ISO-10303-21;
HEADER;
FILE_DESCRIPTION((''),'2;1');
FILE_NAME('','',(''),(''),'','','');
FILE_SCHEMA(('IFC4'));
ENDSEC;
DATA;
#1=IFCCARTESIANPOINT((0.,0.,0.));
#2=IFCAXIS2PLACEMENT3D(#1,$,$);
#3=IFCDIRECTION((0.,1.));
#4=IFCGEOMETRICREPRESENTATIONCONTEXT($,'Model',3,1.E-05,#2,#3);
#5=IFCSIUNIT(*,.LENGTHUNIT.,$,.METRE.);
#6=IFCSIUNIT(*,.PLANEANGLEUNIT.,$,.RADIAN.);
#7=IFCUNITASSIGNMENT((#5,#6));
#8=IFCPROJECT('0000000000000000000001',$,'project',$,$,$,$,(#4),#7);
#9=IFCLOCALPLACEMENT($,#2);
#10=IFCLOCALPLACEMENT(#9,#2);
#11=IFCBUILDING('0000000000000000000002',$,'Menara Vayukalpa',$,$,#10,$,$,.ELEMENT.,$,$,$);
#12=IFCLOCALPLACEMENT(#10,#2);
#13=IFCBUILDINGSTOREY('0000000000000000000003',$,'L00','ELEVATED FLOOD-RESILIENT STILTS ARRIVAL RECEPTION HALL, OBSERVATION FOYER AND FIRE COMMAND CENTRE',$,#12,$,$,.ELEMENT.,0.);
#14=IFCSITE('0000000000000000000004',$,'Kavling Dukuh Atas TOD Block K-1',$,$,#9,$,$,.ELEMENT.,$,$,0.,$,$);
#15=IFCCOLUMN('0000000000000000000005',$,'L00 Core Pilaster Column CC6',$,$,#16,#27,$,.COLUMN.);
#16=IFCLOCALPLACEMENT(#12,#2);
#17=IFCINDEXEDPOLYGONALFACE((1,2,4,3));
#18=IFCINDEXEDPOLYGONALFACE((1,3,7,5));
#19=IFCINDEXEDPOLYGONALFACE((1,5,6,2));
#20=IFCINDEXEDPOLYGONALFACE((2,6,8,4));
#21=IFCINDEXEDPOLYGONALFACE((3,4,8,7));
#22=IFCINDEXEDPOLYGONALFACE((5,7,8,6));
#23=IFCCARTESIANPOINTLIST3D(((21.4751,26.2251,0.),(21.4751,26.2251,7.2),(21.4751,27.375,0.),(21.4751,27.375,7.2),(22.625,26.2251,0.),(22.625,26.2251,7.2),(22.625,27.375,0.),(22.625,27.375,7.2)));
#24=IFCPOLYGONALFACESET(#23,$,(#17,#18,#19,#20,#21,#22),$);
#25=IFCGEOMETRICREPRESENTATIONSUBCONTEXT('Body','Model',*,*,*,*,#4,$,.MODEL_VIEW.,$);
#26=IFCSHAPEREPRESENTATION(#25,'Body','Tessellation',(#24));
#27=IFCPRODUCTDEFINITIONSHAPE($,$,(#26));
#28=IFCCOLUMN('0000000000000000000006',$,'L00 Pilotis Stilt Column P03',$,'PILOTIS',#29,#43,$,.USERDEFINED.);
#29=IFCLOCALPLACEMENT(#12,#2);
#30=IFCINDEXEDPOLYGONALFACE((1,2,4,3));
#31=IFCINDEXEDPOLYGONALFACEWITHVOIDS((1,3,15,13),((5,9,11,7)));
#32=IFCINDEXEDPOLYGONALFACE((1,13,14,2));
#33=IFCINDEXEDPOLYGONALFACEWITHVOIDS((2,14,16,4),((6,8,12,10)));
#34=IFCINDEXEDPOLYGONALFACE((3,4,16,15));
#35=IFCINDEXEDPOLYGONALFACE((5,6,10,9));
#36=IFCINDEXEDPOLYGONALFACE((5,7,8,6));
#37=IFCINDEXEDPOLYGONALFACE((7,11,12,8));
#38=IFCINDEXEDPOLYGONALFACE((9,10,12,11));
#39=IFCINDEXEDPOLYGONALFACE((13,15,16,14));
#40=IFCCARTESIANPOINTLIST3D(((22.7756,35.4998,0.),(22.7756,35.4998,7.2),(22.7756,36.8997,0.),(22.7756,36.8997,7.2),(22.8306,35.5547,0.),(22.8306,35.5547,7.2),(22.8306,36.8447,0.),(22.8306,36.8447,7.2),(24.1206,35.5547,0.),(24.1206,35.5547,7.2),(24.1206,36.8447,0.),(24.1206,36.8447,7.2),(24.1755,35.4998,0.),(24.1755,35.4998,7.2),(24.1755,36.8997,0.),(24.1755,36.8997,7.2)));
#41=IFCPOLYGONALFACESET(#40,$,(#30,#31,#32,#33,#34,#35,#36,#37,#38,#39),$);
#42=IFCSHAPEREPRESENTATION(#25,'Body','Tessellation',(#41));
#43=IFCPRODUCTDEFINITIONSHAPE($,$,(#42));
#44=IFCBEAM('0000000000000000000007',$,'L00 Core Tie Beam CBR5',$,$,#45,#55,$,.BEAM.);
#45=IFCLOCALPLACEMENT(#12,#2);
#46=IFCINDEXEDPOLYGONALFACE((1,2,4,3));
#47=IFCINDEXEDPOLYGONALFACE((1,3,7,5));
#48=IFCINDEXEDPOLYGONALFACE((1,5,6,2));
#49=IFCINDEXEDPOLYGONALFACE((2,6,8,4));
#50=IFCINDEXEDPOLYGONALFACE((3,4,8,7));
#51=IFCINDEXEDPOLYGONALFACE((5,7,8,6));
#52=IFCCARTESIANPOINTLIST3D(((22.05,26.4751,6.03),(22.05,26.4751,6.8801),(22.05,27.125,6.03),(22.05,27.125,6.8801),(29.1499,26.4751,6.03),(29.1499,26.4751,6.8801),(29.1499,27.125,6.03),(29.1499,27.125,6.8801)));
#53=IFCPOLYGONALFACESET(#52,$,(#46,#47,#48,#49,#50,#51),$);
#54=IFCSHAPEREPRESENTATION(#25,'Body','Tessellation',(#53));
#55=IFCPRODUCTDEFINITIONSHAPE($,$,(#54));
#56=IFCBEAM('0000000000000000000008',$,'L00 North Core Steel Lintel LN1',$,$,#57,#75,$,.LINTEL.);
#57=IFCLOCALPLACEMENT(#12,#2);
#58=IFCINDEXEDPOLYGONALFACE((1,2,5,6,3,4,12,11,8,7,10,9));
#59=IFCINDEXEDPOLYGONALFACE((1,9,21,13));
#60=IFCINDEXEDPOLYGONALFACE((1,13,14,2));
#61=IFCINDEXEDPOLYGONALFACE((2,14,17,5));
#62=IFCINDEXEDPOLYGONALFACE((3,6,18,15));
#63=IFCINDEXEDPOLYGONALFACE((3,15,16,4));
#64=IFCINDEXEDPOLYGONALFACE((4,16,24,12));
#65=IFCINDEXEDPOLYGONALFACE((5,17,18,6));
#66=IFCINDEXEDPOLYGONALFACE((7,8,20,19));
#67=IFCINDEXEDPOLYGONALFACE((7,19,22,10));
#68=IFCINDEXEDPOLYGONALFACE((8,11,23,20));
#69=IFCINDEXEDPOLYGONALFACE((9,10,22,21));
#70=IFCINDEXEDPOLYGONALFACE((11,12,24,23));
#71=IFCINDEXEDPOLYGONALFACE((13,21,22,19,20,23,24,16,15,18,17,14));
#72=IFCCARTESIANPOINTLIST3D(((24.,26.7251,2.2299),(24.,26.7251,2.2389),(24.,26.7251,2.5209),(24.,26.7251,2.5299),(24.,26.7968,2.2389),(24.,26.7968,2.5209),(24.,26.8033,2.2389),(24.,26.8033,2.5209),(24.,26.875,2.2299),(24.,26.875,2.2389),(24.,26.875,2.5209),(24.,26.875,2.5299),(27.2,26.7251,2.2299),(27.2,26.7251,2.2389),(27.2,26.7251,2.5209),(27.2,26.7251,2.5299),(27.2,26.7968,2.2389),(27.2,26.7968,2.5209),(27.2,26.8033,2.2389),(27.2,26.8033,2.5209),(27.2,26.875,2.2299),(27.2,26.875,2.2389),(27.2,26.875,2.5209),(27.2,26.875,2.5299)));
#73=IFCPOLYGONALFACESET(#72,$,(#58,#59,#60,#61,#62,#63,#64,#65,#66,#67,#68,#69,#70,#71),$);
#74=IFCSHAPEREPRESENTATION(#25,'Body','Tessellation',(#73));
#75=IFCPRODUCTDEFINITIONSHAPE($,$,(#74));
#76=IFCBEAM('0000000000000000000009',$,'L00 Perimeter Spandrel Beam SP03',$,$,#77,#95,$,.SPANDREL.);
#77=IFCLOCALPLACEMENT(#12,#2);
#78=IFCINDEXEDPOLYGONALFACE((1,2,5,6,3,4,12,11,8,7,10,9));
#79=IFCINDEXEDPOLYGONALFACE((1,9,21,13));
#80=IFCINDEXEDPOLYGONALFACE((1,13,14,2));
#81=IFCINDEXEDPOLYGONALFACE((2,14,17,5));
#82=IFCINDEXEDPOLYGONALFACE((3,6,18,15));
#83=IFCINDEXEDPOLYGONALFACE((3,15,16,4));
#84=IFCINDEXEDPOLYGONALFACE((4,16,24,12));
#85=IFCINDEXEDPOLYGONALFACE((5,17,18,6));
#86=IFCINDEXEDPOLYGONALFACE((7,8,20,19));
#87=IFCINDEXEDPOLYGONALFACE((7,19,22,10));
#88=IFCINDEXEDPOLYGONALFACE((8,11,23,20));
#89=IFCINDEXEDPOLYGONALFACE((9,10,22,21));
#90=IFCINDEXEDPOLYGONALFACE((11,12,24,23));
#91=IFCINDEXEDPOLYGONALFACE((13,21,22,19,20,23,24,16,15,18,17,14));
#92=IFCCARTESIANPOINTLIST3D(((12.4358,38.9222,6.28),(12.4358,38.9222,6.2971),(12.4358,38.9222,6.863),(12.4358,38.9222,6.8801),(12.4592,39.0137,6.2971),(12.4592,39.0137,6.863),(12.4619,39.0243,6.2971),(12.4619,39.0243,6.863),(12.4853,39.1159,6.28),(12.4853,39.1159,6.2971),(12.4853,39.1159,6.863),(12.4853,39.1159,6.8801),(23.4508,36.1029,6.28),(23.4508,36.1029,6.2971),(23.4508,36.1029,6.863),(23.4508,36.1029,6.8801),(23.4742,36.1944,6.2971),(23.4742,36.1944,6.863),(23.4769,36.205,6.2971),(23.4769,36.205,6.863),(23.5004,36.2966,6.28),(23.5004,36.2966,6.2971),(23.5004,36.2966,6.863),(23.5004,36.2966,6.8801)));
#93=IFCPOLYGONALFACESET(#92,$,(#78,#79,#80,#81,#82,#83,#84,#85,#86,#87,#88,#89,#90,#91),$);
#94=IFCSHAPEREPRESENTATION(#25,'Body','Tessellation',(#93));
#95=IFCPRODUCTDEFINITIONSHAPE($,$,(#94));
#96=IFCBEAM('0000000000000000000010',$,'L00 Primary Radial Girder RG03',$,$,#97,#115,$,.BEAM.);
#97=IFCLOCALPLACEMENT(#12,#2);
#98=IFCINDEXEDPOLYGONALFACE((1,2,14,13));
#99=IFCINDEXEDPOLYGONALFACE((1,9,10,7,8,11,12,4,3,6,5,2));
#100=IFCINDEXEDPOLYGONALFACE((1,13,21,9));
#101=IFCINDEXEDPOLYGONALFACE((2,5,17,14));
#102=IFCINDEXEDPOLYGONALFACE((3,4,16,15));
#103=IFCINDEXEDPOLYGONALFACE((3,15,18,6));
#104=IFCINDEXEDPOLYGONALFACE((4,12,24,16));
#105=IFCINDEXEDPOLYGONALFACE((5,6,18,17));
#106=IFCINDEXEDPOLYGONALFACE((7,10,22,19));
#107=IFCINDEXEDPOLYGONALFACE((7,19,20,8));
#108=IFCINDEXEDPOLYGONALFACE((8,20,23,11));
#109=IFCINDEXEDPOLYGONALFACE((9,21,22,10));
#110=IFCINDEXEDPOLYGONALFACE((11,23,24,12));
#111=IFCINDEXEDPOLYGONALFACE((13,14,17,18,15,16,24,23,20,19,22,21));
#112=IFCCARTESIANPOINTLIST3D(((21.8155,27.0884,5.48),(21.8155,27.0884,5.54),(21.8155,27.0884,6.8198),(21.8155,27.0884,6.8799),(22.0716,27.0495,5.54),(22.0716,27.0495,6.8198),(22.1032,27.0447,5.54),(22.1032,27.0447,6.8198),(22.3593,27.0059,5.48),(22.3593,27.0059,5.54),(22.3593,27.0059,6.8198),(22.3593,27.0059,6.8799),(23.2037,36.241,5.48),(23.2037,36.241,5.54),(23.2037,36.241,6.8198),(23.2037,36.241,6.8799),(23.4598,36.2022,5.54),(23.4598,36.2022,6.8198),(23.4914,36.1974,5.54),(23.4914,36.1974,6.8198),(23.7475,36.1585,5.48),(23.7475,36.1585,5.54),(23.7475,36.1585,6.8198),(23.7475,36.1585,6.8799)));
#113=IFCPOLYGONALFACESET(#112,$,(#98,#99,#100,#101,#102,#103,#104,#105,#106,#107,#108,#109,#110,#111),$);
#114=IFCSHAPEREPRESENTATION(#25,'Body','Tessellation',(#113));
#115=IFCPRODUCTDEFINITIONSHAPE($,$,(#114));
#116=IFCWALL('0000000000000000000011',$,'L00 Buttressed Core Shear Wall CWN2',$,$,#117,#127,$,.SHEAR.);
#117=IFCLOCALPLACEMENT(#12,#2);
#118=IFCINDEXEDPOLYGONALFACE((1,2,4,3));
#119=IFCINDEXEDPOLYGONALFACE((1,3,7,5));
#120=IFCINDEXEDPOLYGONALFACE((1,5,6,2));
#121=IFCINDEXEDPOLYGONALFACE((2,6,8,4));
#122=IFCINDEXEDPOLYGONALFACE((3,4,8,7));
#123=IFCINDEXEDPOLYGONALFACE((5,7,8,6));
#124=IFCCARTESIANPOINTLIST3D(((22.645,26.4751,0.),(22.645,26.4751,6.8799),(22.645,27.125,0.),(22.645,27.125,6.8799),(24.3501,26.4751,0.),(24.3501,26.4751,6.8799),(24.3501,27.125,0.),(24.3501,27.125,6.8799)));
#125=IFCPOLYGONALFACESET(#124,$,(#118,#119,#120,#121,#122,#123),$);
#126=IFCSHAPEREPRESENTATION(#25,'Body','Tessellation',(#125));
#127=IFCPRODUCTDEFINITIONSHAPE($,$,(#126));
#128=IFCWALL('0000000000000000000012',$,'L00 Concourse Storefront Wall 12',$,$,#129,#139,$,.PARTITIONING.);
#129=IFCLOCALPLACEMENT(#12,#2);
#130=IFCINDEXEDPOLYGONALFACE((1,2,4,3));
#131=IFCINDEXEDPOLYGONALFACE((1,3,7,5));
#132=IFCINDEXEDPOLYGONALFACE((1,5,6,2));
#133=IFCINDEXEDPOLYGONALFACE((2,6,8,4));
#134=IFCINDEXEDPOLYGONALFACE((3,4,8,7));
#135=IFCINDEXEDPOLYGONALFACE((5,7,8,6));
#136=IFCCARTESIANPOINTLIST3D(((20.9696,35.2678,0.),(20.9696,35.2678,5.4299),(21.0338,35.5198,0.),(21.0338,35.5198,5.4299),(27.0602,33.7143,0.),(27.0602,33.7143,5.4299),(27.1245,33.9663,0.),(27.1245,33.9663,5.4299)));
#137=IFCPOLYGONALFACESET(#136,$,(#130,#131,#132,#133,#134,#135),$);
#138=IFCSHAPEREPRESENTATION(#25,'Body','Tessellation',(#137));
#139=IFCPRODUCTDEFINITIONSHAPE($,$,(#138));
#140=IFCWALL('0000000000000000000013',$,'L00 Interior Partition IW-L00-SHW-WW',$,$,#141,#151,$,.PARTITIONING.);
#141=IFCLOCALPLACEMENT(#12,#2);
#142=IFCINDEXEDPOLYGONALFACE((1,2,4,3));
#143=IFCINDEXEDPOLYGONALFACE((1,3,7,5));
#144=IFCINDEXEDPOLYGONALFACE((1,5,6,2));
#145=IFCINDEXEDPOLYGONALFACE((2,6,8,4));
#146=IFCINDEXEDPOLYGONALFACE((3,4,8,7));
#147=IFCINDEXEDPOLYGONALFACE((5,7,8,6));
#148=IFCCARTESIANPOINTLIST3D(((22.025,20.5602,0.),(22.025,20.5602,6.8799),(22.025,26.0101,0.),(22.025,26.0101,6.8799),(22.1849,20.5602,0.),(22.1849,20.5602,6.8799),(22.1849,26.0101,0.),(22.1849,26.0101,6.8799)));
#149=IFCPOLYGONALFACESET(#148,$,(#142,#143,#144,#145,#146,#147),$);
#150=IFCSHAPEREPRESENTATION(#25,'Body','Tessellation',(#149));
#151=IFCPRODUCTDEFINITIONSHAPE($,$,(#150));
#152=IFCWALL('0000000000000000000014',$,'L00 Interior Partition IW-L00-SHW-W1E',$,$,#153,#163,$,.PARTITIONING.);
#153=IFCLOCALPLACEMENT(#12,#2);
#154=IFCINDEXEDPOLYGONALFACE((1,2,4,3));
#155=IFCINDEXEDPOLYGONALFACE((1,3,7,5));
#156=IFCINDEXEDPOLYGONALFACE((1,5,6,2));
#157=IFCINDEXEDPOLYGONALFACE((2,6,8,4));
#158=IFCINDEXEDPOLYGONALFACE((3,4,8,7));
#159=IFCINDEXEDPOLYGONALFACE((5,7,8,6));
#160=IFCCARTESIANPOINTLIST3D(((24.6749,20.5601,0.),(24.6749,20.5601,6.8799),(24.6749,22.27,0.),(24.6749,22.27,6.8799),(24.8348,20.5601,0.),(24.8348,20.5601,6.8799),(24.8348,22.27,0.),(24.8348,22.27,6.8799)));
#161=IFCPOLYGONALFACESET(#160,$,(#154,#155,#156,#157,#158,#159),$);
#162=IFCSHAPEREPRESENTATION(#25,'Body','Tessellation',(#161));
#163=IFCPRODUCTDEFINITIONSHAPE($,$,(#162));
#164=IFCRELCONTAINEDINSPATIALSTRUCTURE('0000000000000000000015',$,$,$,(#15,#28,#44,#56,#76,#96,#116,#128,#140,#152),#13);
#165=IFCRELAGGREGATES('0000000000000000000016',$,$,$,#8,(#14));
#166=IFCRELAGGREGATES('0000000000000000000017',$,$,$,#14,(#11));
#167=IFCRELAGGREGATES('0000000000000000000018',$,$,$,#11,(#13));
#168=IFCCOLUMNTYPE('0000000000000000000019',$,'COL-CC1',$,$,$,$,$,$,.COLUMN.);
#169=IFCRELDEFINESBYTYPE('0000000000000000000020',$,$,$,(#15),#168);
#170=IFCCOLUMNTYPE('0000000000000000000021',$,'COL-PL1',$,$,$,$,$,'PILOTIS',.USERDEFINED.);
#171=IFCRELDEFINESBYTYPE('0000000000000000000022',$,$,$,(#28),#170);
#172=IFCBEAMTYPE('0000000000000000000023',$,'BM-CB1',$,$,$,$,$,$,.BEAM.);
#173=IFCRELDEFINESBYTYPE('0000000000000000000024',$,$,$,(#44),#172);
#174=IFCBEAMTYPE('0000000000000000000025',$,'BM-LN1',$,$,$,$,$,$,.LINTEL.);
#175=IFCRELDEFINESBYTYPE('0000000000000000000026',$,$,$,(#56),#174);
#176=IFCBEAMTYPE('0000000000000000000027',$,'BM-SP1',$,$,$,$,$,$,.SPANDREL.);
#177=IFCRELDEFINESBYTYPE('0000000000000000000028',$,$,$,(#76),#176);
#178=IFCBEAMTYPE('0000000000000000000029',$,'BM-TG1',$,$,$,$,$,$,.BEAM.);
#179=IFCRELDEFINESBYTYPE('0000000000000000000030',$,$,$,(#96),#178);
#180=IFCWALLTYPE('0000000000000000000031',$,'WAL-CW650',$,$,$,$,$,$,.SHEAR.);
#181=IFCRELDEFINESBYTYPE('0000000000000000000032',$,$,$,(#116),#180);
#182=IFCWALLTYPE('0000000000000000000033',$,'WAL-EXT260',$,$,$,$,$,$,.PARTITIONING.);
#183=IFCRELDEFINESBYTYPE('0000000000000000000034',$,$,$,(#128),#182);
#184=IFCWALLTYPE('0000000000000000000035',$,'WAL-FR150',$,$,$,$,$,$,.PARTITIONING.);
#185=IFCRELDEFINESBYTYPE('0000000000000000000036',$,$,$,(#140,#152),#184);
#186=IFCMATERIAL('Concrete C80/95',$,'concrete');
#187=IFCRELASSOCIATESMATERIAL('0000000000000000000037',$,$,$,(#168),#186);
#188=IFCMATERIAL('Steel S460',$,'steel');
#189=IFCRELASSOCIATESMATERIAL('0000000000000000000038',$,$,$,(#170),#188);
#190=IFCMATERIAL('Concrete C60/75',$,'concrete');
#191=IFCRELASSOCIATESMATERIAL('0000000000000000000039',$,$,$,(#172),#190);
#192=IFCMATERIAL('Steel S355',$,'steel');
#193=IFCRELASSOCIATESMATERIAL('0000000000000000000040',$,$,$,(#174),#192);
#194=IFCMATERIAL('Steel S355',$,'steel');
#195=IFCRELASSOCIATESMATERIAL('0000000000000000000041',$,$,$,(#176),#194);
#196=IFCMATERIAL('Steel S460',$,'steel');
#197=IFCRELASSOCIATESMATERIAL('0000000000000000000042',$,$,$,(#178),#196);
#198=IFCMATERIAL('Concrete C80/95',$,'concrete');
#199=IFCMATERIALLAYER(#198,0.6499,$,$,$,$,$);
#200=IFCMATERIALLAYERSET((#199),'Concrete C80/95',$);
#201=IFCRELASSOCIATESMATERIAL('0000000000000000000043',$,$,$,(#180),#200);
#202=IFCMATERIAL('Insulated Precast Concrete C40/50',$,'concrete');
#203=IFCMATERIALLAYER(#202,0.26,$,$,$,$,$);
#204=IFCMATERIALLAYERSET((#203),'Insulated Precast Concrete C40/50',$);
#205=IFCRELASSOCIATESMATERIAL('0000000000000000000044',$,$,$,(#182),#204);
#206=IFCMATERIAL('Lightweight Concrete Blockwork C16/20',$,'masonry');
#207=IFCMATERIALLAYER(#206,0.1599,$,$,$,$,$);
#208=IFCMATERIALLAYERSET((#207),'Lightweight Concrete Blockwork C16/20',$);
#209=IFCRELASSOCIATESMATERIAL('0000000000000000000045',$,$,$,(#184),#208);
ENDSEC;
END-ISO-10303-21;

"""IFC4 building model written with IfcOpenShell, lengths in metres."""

from ifc_helpers import new_model, si_unit, direction, frame, frame_2d, origin, origin_2d, place, context, subcontext, project, spatial, rectangle, hollow_rectangle, i_section, extrude, material, layer, layer_set, material_profile, profile_set, type_object, element, save


model = new_model("IFC4")

# Units and contexts
model_context = context("Model", 3, precision=1e-05, world=origin(), true_north=direction((0.0, 1.0)))
body_context = subcontext(model_context, "Body", "Model", "MODEL_VIEW")
ifc_project = project(units=[si_unit("LENGTHUNIT", "METRE"), si_unit("PLANEANGLEUNIT", "RADIAN")], contexts=[model_context])

# Site, building, storey
site_placement = place(None, origin())
site = spatial("IfcSite", under=ifc_project, at=site_placement, Name="Kavling Dukuh Atas TOD Block K-1", CompositionType="ELEMENT", RefElevation=0.0)
building_placement = place(site_placement, origin())
building = spatial("IfcBuilding", under=site, at=building_placement, Name="Menara Vayukalpa", CompositionType="ELEMENT")
storey_placement = place(building_placement, origin())
storey = spatial("IfcBuildingStorey", under=building, at=storey_placement, Name="L00", Description="ELEVATED FLOOD-RESILIENT STILTS ARRIVAL RECEPTION HALL, OBSERVATION FOYER AND FIRE COMMAND CENTRE", CompositionType="ELEMENT", Elevation=0.0)

# Columns
ifc_material_1 = material(Name="Concrete C80/95", Category="concrete")
ifc_material_profile_1 = material_profile(ifc_material_1, rectangle(XDim=1.1499, YDim=1.1499, at=origin_2d()), Name="RC 1150x1150")
ifc_profile_set_1 = profile_set([ifc_material_profile_1], Name="Concrete C80/95")
column_type_1 = type_object("IfcColumnType", Name="COL-CC1", PredefinedType="COLUMN", material=ifc_profile_set_1)
column_1_placement = place(storey_placement, frame((22.05, 26.8, 0.0), z_axis=(0.0, 0.0, 1.0), x_axis=(1.0, 0.0, 0.0)))
element("IfcColumn", 1, at=column_1_placement, inside=storey, type_object=column_type_1, Name="L00 Core Pilaster Column CC6", PredefinedType="COLUMN", context=body_context, shape_type="SweptSolid", body=[
    extrude(rectangle(XDim=1.1499, YDim=1.1499, at=origin_2d()), origin(), (0.0, 0.0, 1.0), 7.2),
])
ifc_material_2 = material(Name="Steel S460", Category="steel")
ifc_material_profile_2 = material_profile(ifc_material_2, hollow_rectangle(XDim=1.3999, YDim=1.3999, WallThickness=0.0549, at=origin_2d()), Name="BOX 1400x1400x55")
ifc_profile_set_2 = profile_set([ifc_material_profile_2], Name="Steel S460")
column_type_2 = type_object("IfcColumnType", Name="COL-PL1", ElementType="PILOTIS", PredefinedType="USERDEFINED", material=ifc_profile_set_2)
column_2_placement = place(storey_placement, frame((23.4756, 36.1997, 0.0), z_axis=(0.0, 0.0, 1.0), x_axis=(1.0, 0.0, 0.0)))
element("IfcColumn", 2, at=column_2_placement, inside=storey, type_object=column_type_2, Name="L00 Pilotis Stilt Column P03", ObjectType="PILOTIS", PredefinedType="USERDEFINED", context=body_context, shape_type="SweptSolid", body=[
    extrude(hollow_rectangle(XDim=1.3999, YDim=1.3999, WallThickness=0.0549, at=origin_2d()), origin(), (0.0, 0.0, 1.0), 7.2),
])

# Beams
ifc_material_3 = material(Name="Concrete C60/75", Category="concrete")
ifc_material_profile_3 = material_profile(ifc_material_3, rectangle(XDim=0.6499, YDim=0.8501, at=origin_2d()), Name="RC 650x850")
ifc_profile_set_3 = profile_set([ifc_material_profile_3], Name="Concrete C60/75")
beam_type_1 = type_object("IfcBeamType", Name="BM-CB1", PredefinedType="BEAM", material=ifc_profile_set_3)
beam_1_placement = place(storey_placement, frame((22.05, 26.8, 6.4551), z_axis=(1.0, 0.0, 0.0), x_axis=(0.0, 1.0, 0.0)))
element("IfcBeam", 3, at=beam_1_placement, inside=storey, type_object=beam_type_1, Name="L00 Core Tie Beam CBR5", PredefinedType="BEAM", context=body_context, shape_type="SweptSolid", body=[
    extrude(rectangle(XDim=0.6499, YDim=0.8501, at=origin_2d()), origin(), (0.0, 0.0, 1.0), 7.0999),
])
ifc_material_4 = material(Name="Steel S355", Category="steel")
ifc_material_profile_4 = material_profile(ifc_material_4, i_section(OverallWidth=0.1499, OverallDepth=0.3, WebThickness=0.0066, FlangeThickness=0.009, at=origin_2d()), Name="WF 300x150x6.5x9")
ifc_profile_set_4 = profile_set([ifc_material_profile_4], Name="Steel S355")
beam_type_2 = type_object("IfcBeamType", Name="BM-LN1", PredefinedType="LINTEL", material=ifc_profile_set_4)
beam_2_placement = place(storey_placement, frame((24.0, 26.8, 2.3799), z_axis=(1.0, 0.0, 0.0), x_axis=(0.0, 1.0, 0.0)))
element("IfcBeam", 4, at=beam_2_placement, inside=storey, type_object=beam_type_2, Name="L00 North Core Steel Lintel LN1", PredefinedType="LINTEL", context=body_context, shape_type="SweptSolid", body=[
    extrude(i_section(OverallWidth=0.1499, OverallDepth=0.3, WebThickness=0.0066, FlangeThickness=0.009, at=origin_2d()), origin(), (0.0, 0.0, 1.0), 3.2),
])
ifc_material_5 = material(Name="Steel S355", Category="steel")
ifc_material_profile_5 = material_profile(ifc_material_5, i_section(OverallWidth=0.2, OverallDepth=0.6001, WebThickness=0.011, FlangeThickness=0.0171, at=origin_2d()), Name="WF 600x200x11x17")
ifc_profile_set_5 = profile_set([ifc_material_profile_5], Name="Steel S355")
beam_type_3 = type_object("IfcBeamType", Name="BM-SP1", PredefinedType="SPANDREL", material=ifc_profile_set_5)
beam_3_placement = place(storey_placement, frame((23.4756, 36.1997, 6.5801), z_axis=(-0.968771, 0.247958, 0.0), x_axis=(-0.247958, -0.968771, 0.0)))
element("IfcBeam", 5, at=beam_3_placement, inside=storey, type_object=beam_type_3, Name="L00 Perimeter Spandrel Beam SP03", PredefinedType="SPANDREL", context=body_context, shape_type="SweptSolid", body=[
    extrude(i_section(OverallWidth=0.2, OverallDepth=0.6001, WebThickness=0.011, FlangeThickness=0.0171, at=origin_2d()), origin(), (0.0, 0.0, 1.0), 11.3701),
])
ifc_material_6 = material(Name="Steel S460", Category="steel")
ifc_material_profile_6 = material_profile(ifc_material_6, i_section(OverallWidth=0.55, OverallDepth=1.3999, WebThickness=0.032, FlangeThickness=0.0601, at=origin_2d()), Name="WG 1400x550x32x60")
ifc_profile_set_6 = profile_set([ifc_material_profile_6], Name="Steel S460")
beam_type_4 = type_object("IfcBeamType", Name="BM-TG1", PredefinedType="BEAM", material=ifc_profile_set_6)
beam_4_placement = place(storey_placement, frame((22.0874, 27.0471, 6.1799), z_axis=(0.149956, 0.988693, 0.0), x_axis=(-0.988693, 0.149956, 0.0)))
element("IfcBeam", 6, at=beam_4_placement, inside=storey, type_object=beam_type_4, Name="L00 Primary Radial Girder RG03", PredefinedType="BEAM", context=body_context, shape_type="SweptSolid", body=[
    extrude(i_section(OverallWidth=0.55, OverallDepth=1.3999, WebThickness=0.032, FlangeThickness=0.0601, at=origin_2d()), origin(), (0.0, 0.0, 1.0), 9.2573),
])

# Walls
ifc_material_7 = material(Name="Concrete C80/95", Category="concrete")
ifc_layer_1 = layer(ifc_material_7, 0.6499)
ifc_layer_set_1 = layer_set([ifc_layer_1], Name="Concrete C80/95")
wall_type_1 = type_object("IfcWallType", Name="WAL-CW650", PredefinedType="SHEAR", material=ifc_layer_set_1)
wall_1_placement = place(storey_placement, frame((22.645, 26.8, 0.0), z_axis=(0.0, 0.0, 1.0), x_axis=(1.0, 0.0, 0.0)))
element("IfcWall", 7, at=wall_1_placement, inside=storey, type_object=wall_type_1, Name="L00 Buttressed Core Shear Wall CWN2", PredefinedType="SHEAR", context=body_context, shape_type="SweptSolid", body=[
    extrude(rectangle(XDim=1.7051, YDim=0.6499, at=frame_2d((0.8525, 0.0))), origin(), (0.0, 0.0, 1.0), 6.8799),
])
ifc_material_8 = material(Name="Insulated Precast Concrete C40/50", Category="concrete")
ifc_layer_2 = layer(ifc_material_8, 0.26)
ifc_layer_set_2 = layer_set([ifc_layer_2], Name="Insulated Precast Concrete C40/50")
wall_type_2 = type_object("IfcWallType", Name="WAL-EXT260", PredefinedType="PARTITIONING", material=ifc_layer_set_2)
wall_2_placement = place(storey_placement, frame((21.0017, 35.3938, 0.0), z_axis=(0.0, 0.0, 1.0), x_axis=(0.968978, -0.247148, 0.0)))
element("IfcWall", 8, at=wall_2_placement, inside=storey, type_object=wall_type_2, Name="L00 Concourse Storefront Wall 12", PredefinedType="PARTITIONING", context=body_context, shape_type="SweptSolid", body=[
    extrude(rectangle(XDim=6.2856, YDim=0.26, at=frame_2d((3.1428, 0.0))), origin(), (0.0, 0.0, 1.0), 5.4299),
])
ifc_material_9 = material(Name="Lightweight Concrete Blockwork C16/20", Category="masonry")
ifc_layer_3 = layer(ifc_material_9, 0.1599)
ifc_layer_set_3 = layer_set([ifc_layer_3], Name="Lightweight Concrete Blockwork C16/20")
wall_type_3 = type_object("IfcWallType", Name="WAL-FR150", PredefinedType="PARTITIONING", material=ifc_layer_set_3)
wall_3_placement = place(storey_placement, frame((22.105, 20.5601, 0.0), z_axis=(0.0, 0.0, 1.0), x_axis=(0.0, 1.0, 0.0)))
element("IfcWall", 9, at=wall_3_placement, inside=storey, type_object=wall_type_3, Name="L00 Interior Partition IW-L00-SHW-WW", PredefinedType="PARTITIONING", context=body_context, shape_type="SweptSolid", body=[
    extrude(rectangle(XDim=5.45, YDim=0.1599, at=frame_2d((2.7251, 0.0))), origin(), (0.0, 0.0, 1.0), 6.8799),
])
wall_4_placement = place(storey_placement, frame((24.7549, 20.5601, 0.0), z_axis=(0.0, 0.0, 1.0), x_axis=(0.0, 1.0, 0.0)))
element("IfcWall", 10, at=wall_4_placement, inside=storey, type_object=wall_type_3, Name="L00 Interior Partition IW-L00-SHW-W1E", PredefinedType="PARTITIONING", context=body_context, shape_type="SweptSolid", body=[
    extrude(rectangle(XDim=1.71, YDim=0.1599, at=frame_2d((0.855, 0.0))), origin(), (0.0, 0.0, 1.0), 6.8799),
])

save(model, "model.ifc")
